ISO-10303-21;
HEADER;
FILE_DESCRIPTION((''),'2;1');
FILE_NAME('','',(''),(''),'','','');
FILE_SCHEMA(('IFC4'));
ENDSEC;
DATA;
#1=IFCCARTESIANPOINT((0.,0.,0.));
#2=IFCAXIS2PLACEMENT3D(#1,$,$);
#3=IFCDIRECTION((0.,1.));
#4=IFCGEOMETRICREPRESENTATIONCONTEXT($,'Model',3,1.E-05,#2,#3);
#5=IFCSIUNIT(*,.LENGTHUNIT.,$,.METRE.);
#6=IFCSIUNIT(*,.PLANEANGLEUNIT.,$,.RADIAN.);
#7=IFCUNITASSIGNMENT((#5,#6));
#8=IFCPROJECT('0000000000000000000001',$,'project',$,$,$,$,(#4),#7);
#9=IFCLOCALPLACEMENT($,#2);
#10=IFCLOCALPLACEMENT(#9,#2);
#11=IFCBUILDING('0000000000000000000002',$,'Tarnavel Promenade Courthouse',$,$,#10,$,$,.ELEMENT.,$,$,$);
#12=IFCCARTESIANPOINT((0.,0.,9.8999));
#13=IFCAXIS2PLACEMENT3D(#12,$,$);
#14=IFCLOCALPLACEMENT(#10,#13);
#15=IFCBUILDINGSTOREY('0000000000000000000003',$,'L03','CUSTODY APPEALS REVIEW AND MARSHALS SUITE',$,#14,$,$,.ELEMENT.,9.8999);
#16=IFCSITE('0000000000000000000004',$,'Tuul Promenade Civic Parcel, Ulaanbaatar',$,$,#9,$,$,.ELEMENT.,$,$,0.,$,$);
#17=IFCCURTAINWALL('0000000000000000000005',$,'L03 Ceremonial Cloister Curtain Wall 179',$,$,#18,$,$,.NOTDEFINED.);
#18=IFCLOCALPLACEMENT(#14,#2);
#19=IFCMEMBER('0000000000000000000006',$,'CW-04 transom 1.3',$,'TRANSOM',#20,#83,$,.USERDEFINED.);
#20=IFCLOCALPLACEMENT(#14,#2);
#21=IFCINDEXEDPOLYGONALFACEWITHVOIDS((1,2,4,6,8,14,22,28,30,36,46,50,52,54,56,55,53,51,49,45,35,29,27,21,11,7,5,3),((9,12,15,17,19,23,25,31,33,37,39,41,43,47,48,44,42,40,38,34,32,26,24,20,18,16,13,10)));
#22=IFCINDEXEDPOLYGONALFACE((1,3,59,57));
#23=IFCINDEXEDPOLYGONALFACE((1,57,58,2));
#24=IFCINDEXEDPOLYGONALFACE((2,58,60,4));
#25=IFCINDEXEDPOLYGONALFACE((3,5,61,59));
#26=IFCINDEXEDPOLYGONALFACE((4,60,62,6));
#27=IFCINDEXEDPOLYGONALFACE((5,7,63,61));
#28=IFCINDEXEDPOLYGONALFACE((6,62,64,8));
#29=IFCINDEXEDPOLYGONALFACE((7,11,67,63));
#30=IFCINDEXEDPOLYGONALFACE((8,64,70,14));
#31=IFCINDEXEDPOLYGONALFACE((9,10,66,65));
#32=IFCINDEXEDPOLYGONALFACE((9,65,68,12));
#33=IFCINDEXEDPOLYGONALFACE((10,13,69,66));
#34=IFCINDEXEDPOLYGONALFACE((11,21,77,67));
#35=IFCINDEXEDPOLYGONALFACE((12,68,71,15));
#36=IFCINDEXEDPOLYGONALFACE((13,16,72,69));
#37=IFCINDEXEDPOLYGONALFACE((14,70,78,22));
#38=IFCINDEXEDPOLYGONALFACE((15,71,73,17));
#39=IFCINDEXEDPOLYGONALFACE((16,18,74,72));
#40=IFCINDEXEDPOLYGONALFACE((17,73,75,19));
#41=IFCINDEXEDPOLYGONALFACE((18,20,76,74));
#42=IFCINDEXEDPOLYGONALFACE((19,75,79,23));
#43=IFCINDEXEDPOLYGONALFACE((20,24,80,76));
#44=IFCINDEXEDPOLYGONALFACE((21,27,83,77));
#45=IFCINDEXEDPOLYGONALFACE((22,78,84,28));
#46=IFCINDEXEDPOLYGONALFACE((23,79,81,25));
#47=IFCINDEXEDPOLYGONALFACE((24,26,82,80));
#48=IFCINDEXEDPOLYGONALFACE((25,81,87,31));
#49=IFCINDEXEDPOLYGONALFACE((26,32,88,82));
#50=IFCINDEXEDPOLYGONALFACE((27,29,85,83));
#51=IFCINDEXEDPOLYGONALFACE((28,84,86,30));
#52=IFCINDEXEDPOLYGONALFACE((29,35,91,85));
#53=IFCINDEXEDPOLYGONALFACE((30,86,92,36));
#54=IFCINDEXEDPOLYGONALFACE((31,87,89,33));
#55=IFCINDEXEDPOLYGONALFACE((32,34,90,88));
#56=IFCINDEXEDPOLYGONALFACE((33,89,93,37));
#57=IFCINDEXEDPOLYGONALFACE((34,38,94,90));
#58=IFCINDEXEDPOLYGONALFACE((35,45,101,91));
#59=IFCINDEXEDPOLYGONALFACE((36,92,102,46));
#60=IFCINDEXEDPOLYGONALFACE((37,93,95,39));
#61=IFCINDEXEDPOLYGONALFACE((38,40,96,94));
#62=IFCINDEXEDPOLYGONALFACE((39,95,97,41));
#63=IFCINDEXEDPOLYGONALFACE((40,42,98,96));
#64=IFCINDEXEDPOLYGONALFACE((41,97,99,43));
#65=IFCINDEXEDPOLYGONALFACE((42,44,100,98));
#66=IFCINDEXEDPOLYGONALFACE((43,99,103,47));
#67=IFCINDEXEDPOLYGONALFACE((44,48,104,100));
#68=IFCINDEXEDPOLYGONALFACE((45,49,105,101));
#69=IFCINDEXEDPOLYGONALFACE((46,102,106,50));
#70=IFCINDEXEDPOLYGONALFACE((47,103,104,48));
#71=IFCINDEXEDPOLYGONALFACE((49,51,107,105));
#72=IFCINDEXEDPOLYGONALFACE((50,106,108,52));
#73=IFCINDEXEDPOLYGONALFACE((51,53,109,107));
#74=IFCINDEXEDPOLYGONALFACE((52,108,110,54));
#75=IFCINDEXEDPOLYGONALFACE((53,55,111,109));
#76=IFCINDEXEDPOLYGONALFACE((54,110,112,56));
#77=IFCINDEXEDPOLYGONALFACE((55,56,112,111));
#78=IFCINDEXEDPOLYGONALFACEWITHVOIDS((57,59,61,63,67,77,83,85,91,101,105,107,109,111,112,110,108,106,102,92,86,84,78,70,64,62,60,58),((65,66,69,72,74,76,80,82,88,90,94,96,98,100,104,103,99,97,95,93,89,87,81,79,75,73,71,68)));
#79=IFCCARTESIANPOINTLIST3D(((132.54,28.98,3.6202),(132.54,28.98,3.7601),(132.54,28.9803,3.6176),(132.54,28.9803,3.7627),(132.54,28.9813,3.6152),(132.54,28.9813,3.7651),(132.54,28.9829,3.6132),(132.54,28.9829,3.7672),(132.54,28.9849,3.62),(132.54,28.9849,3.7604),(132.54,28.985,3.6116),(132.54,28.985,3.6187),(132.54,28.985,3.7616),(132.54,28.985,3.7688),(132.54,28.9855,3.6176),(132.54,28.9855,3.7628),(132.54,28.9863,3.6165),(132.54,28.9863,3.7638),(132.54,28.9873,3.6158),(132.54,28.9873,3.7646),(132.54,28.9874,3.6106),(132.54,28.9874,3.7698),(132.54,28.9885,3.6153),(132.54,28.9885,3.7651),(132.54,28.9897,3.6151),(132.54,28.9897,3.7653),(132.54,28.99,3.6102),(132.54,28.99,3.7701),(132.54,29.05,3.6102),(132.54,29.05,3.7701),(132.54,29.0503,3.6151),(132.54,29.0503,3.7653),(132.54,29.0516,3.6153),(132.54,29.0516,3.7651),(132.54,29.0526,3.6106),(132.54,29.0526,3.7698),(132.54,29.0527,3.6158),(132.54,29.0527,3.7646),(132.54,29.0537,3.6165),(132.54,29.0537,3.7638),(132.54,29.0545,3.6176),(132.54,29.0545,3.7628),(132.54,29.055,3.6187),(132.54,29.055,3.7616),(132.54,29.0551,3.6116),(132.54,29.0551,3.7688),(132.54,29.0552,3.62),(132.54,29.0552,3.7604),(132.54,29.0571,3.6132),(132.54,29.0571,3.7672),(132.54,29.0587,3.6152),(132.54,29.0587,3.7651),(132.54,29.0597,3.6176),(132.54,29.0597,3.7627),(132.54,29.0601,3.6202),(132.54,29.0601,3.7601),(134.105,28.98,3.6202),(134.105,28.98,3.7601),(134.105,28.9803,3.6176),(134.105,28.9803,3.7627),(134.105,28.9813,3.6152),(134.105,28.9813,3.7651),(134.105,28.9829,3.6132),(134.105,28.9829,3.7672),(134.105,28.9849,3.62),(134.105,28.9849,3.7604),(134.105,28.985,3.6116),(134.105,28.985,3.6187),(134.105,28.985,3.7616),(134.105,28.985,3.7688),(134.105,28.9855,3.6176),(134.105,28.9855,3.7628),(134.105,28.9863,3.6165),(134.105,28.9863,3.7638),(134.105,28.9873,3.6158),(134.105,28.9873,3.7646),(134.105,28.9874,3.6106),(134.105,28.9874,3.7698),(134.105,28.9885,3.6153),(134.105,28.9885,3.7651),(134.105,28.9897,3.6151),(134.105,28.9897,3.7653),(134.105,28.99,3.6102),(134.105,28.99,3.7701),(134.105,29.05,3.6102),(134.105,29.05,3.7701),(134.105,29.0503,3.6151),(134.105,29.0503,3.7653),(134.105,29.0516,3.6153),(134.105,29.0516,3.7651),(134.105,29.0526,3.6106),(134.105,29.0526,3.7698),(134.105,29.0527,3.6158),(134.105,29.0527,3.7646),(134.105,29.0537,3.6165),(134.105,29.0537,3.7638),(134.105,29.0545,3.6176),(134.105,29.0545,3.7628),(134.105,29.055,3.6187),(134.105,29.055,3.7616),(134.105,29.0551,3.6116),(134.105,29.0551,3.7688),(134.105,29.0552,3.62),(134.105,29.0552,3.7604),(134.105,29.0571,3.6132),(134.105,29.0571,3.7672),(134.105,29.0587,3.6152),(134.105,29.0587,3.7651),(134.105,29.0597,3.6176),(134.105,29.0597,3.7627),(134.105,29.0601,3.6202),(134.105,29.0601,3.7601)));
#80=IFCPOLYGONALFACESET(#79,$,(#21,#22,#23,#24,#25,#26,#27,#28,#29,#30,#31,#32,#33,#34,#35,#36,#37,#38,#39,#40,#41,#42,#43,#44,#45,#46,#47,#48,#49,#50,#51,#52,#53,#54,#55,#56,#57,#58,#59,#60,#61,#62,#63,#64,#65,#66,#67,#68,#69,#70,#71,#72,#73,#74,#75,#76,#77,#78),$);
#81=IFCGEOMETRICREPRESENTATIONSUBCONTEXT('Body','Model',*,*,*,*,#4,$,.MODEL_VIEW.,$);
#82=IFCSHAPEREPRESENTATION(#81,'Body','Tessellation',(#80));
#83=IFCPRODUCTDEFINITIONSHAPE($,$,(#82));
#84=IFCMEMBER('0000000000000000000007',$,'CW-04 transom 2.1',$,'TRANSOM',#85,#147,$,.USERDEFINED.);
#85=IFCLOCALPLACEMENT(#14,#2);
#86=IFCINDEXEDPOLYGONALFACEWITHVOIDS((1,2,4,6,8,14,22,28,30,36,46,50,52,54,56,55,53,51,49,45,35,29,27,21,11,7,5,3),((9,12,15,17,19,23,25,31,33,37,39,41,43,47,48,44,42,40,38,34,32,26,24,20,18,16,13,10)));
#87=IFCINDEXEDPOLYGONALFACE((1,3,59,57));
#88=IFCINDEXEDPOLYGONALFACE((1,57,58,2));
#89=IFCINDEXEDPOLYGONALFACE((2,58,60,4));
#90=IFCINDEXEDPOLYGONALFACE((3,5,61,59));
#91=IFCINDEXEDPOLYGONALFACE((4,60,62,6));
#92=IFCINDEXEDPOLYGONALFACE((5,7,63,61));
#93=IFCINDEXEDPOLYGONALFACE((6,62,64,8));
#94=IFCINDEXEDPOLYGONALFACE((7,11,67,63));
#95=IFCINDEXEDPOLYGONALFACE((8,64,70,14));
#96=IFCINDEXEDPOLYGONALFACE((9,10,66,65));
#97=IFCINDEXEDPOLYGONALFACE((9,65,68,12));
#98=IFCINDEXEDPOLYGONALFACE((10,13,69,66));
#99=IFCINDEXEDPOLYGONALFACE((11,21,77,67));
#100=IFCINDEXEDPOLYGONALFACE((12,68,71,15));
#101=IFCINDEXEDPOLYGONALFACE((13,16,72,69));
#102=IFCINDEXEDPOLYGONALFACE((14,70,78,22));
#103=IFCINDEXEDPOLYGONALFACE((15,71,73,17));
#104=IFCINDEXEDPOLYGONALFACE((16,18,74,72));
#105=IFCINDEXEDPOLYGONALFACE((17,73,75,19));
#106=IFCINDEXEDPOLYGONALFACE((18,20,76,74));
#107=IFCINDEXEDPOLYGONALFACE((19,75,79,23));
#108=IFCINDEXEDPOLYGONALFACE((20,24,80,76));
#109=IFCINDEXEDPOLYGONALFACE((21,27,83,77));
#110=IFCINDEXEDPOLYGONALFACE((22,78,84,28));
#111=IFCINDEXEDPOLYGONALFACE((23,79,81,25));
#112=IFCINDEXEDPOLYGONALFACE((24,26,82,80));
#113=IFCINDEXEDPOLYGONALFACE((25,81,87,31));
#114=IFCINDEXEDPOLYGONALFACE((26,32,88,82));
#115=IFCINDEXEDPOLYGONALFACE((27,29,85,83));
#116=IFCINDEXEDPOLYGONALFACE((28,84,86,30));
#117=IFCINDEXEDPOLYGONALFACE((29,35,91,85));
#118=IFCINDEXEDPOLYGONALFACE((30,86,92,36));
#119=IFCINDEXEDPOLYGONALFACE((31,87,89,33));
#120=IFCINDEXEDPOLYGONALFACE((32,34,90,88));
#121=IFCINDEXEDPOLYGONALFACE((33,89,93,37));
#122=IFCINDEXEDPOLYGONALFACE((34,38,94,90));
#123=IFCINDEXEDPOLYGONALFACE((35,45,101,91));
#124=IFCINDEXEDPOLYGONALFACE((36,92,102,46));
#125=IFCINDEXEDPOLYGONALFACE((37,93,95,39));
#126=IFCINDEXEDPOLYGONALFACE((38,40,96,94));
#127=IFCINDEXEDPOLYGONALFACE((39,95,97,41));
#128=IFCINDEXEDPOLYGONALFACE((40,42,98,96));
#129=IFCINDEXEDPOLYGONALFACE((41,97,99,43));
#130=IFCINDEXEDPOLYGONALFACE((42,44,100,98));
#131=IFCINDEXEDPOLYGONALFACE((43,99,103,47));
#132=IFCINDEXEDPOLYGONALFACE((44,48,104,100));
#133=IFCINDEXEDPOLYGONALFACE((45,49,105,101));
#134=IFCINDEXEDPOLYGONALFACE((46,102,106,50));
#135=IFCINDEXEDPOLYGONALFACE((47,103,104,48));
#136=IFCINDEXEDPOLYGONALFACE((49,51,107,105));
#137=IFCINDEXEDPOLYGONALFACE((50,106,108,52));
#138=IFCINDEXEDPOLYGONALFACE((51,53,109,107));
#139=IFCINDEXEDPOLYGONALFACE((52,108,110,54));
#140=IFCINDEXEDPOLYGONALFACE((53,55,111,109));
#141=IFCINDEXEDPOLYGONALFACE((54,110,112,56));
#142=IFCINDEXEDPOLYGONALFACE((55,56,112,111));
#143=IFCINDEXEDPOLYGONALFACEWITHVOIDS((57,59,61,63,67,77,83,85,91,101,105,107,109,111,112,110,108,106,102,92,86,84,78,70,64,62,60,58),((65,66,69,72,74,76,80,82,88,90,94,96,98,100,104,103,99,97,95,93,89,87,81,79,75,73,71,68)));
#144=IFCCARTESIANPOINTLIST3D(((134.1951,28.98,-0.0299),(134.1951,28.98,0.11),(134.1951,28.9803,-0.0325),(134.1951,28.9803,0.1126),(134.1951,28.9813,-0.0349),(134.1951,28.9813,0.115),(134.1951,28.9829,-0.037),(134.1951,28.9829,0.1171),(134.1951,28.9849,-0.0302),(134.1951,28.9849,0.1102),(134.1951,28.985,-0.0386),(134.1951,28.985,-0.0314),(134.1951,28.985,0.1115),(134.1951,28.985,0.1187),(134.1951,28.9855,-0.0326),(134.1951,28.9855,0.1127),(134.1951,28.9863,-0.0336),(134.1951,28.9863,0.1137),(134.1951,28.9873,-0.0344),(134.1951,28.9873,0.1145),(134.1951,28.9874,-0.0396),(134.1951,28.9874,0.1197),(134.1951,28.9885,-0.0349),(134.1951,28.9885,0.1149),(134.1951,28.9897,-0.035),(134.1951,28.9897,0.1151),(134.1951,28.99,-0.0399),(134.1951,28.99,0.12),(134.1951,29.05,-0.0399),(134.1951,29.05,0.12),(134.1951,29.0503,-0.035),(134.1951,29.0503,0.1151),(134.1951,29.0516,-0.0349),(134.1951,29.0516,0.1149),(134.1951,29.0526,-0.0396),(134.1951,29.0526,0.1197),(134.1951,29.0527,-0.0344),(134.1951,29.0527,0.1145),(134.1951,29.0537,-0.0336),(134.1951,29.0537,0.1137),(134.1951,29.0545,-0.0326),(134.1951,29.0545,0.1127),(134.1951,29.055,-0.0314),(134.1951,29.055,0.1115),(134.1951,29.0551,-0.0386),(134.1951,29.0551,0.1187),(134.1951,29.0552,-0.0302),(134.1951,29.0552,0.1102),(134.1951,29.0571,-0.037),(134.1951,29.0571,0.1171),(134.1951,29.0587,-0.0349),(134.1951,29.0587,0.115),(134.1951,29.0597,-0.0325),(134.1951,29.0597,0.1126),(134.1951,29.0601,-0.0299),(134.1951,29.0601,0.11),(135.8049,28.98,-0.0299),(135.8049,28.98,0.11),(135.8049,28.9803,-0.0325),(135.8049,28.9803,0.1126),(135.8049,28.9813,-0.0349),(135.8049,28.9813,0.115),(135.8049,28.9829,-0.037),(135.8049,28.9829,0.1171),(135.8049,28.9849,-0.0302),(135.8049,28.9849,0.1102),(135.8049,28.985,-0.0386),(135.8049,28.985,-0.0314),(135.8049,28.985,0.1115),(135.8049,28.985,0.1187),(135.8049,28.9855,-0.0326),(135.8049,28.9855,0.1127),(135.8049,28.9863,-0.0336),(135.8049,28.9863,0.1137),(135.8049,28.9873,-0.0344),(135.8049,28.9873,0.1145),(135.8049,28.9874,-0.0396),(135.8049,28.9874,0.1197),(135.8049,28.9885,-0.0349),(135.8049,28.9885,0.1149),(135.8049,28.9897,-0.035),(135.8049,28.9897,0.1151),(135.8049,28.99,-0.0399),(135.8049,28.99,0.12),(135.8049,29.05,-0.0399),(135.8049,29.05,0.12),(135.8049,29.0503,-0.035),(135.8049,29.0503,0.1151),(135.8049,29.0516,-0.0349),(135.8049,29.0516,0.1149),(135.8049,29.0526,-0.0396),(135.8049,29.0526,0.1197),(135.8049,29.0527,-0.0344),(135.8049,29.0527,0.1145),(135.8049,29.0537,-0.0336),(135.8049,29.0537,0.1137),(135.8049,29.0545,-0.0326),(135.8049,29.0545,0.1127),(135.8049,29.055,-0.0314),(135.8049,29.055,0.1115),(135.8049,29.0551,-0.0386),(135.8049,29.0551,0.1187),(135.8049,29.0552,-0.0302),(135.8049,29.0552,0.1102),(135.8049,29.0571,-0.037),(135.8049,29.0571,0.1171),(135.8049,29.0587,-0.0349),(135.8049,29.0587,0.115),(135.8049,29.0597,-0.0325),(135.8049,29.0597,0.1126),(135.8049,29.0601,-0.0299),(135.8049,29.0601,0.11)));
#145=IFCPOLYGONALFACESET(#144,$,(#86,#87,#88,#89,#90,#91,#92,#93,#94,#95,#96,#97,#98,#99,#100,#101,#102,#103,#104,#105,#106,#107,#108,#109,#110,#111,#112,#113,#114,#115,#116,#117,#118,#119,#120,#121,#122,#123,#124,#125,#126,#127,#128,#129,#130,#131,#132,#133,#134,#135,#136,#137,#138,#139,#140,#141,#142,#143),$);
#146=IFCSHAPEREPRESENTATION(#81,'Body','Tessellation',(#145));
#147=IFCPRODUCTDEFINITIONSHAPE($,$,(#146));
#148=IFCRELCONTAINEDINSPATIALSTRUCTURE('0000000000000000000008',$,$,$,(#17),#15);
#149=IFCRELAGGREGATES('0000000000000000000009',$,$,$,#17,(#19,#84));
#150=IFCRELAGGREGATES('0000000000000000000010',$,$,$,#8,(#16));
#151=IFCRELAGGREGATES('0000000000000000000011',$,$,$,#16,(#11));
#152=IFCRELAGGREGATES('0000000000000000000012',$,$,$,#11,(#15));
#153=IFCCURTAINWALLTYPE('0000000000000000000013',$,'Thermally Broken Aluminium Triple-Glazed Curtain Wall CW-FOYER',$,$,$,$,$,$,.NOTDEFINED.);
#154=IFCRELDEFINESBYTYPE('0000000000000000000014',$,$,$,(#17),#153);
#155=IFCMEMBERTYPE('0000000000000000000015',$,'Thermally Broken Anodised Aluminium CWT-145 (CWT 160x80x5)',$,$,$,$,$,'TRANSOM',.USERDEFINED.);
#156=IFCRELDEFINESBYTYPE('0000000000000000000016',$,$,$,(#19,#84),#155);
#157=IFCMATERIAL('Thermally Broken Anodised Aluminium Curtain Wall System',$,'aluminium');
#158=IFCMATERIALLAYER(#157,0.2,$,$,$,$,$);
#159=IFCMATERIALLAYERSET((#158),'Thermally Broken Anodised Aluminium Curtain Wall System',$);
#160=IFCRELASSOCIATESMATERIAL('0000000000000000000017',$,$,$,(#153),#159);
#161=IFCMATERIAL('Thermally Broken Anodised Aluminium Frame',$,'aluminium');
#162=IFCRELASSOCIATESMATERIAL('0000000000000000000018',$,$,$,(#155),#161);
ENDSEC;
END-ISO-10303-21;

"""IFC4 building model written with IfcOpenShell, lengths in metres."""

from ifc_helpers import new_model, si_unit, direction, frame, origin, origin_2d, place, context, subcontext, project, spatial, hollow_rectangle, extrude, material, layer, layer_set, material_profile, profile_set, type_object, element, aggregate, save


model = new_model("IFC4")

# Units and contexts
model_context = context("Model", 3, precision=1e-05, world=origin(), true_north=direction((0.0, 1.0)))
body_context = subcontext(model_context, "Body", "Model", "MODEL_VIEW")
ifc_project = project(units=[si_unit("LENGTHUNIT", "METRE"), si_unit("PLANEANGLEUNIT", "RADIAN")], contexts=[model_context])

# Site, building, storey
site_placement = place(None, origin())
site = spatial("IfcSite", under=ifc_project, at=site_placement, Name="Tuul Promenade Civic Parcel, Ulaanbaatar", CompositionType="ELEMENT", RefElevation=0.0)
building_placement = place(site_placement, origin())
building = spatial("IfcBuilding", under=site, at=building_placement, Name="Tarnavel Promenade Courthouse", CompositionType="ELEMENT")
storey_placement = place(building_placement, frame((0.0, 0.0, 9.8999)))
storey = spatial("IfcBuildingStorey", under=building, at=storey_placement, Name="L03", Description="CUSTODY APPEALS REVIEW AND MARSHALS SUITE", CompositionType="ELEMENT", Elevation=9.8999)

# Shared definitions
ifc_material_1 = material(Name="Thermally Broken Anodised Aluminium Curtain Wall System", Category="aluminium")
ifc_layer_1 = layer(ifc_material_1, 0.2)
ifc_layer_set_1 = layer_set([ifc_layer_1], Name="Thermally Broken Anodised Aluminium Curtain Wall System")
curtain_wall_type = type_object("IfcCurtainWallType", Name="Thermally Broken Aluminium Triple-Glazed Curtain Wall CW-FOYER", PredefinedType="NOTDEFINED", material=ifc_layer_set_1)
ifc_material_2 = material(Name="Thermally Broken Anodised Aluminium Frame", Category="aluminium")

# Curtain wall
curtain_wall_1_placement = place(storey_placement, origin())
curtain_wall_1 = element("IfcCurtainWall", 1, at=curtain_wall_1_placement, inside=storey, type_object=curtain_wall_type, Name="L03 Ceremonial Cloister Curtain Wall 179", PredefinedType="NOTDEFINED")

# Members
ifc_material_profile_1 = material_profile(ifc_material_2, hollow_rectangle(XDim=0.0801, YDim=0.1599, WallThickness=0.0049, InnerFilletRadius=0.0049, OuterFilletRadius=0.01, at=origin_2d()), Name="CWT 160x80x5")
ifc_profile_set_1 = profile_set([ifc_material_profile_1], Name="Thermally Broken Anodised Aluminium Frame")
member_type_1 = type_object("IfcMemberType", Name="Thermally Broken Anodised Aluminium CWT-145 (CWT 160x80x5)", ElementType="TRANSOM", PredefinedType="USERDEFINED", material=ifc_profile_set_1)
member_1_placement = place(storey_placement, frame((132.54, 29.02, 3.6902), z_axis=(1.0, 0.0, 0.0), x_axis=(0.0, 1.0, 0.0)))
member_1 = element("IfcMember", 2, at=member_1_placement, type_object=member_type_1, Name="CW-04 transom 1.3", ObjectType="TRANSOM", PredefinedType="USERDEFINED", context=body_context, shape_type="SweptSolid", body=[
    extrude(hollow_rectangle(XDim=0.0801, YDim=0.1599, WallThickness=0.0049, InnerFilletRadius=0.0049, OuterFilletRadius=0.01, at=origin_2d()), origin(), (0.0, 0.0, 1.0), 1.5649),
])
member_2_placement = place(storey_placement, frame((134.1951, 29.02, 0.04), z_axis=(1.0, 0.0, 0.0), x_axis=(0.0, 1.0, 0.0)))
member_2 = element("IfcMember", 3, at=member_2_placement, type_object=member_type_1, Name="CW-04 transom 2.1", ObjectType="TRANSOM", PredefinedType="USERDEFINED", context=body_context, shape_type="SweptSolid", body=[
    extrude(hollow_rectangle(XDim=0.0801, YDim=0.1599, WallThickness=0.0049, InnerFilletRadius=0.0049, OuterFilletRadius=0.01, at=origin_2d()), origin(), (0.0, 0.0, 1.0), 1.6099),
])

aggregate(curtain_wall_1, [member_1, member_2])

save(model, "model.ifc")
